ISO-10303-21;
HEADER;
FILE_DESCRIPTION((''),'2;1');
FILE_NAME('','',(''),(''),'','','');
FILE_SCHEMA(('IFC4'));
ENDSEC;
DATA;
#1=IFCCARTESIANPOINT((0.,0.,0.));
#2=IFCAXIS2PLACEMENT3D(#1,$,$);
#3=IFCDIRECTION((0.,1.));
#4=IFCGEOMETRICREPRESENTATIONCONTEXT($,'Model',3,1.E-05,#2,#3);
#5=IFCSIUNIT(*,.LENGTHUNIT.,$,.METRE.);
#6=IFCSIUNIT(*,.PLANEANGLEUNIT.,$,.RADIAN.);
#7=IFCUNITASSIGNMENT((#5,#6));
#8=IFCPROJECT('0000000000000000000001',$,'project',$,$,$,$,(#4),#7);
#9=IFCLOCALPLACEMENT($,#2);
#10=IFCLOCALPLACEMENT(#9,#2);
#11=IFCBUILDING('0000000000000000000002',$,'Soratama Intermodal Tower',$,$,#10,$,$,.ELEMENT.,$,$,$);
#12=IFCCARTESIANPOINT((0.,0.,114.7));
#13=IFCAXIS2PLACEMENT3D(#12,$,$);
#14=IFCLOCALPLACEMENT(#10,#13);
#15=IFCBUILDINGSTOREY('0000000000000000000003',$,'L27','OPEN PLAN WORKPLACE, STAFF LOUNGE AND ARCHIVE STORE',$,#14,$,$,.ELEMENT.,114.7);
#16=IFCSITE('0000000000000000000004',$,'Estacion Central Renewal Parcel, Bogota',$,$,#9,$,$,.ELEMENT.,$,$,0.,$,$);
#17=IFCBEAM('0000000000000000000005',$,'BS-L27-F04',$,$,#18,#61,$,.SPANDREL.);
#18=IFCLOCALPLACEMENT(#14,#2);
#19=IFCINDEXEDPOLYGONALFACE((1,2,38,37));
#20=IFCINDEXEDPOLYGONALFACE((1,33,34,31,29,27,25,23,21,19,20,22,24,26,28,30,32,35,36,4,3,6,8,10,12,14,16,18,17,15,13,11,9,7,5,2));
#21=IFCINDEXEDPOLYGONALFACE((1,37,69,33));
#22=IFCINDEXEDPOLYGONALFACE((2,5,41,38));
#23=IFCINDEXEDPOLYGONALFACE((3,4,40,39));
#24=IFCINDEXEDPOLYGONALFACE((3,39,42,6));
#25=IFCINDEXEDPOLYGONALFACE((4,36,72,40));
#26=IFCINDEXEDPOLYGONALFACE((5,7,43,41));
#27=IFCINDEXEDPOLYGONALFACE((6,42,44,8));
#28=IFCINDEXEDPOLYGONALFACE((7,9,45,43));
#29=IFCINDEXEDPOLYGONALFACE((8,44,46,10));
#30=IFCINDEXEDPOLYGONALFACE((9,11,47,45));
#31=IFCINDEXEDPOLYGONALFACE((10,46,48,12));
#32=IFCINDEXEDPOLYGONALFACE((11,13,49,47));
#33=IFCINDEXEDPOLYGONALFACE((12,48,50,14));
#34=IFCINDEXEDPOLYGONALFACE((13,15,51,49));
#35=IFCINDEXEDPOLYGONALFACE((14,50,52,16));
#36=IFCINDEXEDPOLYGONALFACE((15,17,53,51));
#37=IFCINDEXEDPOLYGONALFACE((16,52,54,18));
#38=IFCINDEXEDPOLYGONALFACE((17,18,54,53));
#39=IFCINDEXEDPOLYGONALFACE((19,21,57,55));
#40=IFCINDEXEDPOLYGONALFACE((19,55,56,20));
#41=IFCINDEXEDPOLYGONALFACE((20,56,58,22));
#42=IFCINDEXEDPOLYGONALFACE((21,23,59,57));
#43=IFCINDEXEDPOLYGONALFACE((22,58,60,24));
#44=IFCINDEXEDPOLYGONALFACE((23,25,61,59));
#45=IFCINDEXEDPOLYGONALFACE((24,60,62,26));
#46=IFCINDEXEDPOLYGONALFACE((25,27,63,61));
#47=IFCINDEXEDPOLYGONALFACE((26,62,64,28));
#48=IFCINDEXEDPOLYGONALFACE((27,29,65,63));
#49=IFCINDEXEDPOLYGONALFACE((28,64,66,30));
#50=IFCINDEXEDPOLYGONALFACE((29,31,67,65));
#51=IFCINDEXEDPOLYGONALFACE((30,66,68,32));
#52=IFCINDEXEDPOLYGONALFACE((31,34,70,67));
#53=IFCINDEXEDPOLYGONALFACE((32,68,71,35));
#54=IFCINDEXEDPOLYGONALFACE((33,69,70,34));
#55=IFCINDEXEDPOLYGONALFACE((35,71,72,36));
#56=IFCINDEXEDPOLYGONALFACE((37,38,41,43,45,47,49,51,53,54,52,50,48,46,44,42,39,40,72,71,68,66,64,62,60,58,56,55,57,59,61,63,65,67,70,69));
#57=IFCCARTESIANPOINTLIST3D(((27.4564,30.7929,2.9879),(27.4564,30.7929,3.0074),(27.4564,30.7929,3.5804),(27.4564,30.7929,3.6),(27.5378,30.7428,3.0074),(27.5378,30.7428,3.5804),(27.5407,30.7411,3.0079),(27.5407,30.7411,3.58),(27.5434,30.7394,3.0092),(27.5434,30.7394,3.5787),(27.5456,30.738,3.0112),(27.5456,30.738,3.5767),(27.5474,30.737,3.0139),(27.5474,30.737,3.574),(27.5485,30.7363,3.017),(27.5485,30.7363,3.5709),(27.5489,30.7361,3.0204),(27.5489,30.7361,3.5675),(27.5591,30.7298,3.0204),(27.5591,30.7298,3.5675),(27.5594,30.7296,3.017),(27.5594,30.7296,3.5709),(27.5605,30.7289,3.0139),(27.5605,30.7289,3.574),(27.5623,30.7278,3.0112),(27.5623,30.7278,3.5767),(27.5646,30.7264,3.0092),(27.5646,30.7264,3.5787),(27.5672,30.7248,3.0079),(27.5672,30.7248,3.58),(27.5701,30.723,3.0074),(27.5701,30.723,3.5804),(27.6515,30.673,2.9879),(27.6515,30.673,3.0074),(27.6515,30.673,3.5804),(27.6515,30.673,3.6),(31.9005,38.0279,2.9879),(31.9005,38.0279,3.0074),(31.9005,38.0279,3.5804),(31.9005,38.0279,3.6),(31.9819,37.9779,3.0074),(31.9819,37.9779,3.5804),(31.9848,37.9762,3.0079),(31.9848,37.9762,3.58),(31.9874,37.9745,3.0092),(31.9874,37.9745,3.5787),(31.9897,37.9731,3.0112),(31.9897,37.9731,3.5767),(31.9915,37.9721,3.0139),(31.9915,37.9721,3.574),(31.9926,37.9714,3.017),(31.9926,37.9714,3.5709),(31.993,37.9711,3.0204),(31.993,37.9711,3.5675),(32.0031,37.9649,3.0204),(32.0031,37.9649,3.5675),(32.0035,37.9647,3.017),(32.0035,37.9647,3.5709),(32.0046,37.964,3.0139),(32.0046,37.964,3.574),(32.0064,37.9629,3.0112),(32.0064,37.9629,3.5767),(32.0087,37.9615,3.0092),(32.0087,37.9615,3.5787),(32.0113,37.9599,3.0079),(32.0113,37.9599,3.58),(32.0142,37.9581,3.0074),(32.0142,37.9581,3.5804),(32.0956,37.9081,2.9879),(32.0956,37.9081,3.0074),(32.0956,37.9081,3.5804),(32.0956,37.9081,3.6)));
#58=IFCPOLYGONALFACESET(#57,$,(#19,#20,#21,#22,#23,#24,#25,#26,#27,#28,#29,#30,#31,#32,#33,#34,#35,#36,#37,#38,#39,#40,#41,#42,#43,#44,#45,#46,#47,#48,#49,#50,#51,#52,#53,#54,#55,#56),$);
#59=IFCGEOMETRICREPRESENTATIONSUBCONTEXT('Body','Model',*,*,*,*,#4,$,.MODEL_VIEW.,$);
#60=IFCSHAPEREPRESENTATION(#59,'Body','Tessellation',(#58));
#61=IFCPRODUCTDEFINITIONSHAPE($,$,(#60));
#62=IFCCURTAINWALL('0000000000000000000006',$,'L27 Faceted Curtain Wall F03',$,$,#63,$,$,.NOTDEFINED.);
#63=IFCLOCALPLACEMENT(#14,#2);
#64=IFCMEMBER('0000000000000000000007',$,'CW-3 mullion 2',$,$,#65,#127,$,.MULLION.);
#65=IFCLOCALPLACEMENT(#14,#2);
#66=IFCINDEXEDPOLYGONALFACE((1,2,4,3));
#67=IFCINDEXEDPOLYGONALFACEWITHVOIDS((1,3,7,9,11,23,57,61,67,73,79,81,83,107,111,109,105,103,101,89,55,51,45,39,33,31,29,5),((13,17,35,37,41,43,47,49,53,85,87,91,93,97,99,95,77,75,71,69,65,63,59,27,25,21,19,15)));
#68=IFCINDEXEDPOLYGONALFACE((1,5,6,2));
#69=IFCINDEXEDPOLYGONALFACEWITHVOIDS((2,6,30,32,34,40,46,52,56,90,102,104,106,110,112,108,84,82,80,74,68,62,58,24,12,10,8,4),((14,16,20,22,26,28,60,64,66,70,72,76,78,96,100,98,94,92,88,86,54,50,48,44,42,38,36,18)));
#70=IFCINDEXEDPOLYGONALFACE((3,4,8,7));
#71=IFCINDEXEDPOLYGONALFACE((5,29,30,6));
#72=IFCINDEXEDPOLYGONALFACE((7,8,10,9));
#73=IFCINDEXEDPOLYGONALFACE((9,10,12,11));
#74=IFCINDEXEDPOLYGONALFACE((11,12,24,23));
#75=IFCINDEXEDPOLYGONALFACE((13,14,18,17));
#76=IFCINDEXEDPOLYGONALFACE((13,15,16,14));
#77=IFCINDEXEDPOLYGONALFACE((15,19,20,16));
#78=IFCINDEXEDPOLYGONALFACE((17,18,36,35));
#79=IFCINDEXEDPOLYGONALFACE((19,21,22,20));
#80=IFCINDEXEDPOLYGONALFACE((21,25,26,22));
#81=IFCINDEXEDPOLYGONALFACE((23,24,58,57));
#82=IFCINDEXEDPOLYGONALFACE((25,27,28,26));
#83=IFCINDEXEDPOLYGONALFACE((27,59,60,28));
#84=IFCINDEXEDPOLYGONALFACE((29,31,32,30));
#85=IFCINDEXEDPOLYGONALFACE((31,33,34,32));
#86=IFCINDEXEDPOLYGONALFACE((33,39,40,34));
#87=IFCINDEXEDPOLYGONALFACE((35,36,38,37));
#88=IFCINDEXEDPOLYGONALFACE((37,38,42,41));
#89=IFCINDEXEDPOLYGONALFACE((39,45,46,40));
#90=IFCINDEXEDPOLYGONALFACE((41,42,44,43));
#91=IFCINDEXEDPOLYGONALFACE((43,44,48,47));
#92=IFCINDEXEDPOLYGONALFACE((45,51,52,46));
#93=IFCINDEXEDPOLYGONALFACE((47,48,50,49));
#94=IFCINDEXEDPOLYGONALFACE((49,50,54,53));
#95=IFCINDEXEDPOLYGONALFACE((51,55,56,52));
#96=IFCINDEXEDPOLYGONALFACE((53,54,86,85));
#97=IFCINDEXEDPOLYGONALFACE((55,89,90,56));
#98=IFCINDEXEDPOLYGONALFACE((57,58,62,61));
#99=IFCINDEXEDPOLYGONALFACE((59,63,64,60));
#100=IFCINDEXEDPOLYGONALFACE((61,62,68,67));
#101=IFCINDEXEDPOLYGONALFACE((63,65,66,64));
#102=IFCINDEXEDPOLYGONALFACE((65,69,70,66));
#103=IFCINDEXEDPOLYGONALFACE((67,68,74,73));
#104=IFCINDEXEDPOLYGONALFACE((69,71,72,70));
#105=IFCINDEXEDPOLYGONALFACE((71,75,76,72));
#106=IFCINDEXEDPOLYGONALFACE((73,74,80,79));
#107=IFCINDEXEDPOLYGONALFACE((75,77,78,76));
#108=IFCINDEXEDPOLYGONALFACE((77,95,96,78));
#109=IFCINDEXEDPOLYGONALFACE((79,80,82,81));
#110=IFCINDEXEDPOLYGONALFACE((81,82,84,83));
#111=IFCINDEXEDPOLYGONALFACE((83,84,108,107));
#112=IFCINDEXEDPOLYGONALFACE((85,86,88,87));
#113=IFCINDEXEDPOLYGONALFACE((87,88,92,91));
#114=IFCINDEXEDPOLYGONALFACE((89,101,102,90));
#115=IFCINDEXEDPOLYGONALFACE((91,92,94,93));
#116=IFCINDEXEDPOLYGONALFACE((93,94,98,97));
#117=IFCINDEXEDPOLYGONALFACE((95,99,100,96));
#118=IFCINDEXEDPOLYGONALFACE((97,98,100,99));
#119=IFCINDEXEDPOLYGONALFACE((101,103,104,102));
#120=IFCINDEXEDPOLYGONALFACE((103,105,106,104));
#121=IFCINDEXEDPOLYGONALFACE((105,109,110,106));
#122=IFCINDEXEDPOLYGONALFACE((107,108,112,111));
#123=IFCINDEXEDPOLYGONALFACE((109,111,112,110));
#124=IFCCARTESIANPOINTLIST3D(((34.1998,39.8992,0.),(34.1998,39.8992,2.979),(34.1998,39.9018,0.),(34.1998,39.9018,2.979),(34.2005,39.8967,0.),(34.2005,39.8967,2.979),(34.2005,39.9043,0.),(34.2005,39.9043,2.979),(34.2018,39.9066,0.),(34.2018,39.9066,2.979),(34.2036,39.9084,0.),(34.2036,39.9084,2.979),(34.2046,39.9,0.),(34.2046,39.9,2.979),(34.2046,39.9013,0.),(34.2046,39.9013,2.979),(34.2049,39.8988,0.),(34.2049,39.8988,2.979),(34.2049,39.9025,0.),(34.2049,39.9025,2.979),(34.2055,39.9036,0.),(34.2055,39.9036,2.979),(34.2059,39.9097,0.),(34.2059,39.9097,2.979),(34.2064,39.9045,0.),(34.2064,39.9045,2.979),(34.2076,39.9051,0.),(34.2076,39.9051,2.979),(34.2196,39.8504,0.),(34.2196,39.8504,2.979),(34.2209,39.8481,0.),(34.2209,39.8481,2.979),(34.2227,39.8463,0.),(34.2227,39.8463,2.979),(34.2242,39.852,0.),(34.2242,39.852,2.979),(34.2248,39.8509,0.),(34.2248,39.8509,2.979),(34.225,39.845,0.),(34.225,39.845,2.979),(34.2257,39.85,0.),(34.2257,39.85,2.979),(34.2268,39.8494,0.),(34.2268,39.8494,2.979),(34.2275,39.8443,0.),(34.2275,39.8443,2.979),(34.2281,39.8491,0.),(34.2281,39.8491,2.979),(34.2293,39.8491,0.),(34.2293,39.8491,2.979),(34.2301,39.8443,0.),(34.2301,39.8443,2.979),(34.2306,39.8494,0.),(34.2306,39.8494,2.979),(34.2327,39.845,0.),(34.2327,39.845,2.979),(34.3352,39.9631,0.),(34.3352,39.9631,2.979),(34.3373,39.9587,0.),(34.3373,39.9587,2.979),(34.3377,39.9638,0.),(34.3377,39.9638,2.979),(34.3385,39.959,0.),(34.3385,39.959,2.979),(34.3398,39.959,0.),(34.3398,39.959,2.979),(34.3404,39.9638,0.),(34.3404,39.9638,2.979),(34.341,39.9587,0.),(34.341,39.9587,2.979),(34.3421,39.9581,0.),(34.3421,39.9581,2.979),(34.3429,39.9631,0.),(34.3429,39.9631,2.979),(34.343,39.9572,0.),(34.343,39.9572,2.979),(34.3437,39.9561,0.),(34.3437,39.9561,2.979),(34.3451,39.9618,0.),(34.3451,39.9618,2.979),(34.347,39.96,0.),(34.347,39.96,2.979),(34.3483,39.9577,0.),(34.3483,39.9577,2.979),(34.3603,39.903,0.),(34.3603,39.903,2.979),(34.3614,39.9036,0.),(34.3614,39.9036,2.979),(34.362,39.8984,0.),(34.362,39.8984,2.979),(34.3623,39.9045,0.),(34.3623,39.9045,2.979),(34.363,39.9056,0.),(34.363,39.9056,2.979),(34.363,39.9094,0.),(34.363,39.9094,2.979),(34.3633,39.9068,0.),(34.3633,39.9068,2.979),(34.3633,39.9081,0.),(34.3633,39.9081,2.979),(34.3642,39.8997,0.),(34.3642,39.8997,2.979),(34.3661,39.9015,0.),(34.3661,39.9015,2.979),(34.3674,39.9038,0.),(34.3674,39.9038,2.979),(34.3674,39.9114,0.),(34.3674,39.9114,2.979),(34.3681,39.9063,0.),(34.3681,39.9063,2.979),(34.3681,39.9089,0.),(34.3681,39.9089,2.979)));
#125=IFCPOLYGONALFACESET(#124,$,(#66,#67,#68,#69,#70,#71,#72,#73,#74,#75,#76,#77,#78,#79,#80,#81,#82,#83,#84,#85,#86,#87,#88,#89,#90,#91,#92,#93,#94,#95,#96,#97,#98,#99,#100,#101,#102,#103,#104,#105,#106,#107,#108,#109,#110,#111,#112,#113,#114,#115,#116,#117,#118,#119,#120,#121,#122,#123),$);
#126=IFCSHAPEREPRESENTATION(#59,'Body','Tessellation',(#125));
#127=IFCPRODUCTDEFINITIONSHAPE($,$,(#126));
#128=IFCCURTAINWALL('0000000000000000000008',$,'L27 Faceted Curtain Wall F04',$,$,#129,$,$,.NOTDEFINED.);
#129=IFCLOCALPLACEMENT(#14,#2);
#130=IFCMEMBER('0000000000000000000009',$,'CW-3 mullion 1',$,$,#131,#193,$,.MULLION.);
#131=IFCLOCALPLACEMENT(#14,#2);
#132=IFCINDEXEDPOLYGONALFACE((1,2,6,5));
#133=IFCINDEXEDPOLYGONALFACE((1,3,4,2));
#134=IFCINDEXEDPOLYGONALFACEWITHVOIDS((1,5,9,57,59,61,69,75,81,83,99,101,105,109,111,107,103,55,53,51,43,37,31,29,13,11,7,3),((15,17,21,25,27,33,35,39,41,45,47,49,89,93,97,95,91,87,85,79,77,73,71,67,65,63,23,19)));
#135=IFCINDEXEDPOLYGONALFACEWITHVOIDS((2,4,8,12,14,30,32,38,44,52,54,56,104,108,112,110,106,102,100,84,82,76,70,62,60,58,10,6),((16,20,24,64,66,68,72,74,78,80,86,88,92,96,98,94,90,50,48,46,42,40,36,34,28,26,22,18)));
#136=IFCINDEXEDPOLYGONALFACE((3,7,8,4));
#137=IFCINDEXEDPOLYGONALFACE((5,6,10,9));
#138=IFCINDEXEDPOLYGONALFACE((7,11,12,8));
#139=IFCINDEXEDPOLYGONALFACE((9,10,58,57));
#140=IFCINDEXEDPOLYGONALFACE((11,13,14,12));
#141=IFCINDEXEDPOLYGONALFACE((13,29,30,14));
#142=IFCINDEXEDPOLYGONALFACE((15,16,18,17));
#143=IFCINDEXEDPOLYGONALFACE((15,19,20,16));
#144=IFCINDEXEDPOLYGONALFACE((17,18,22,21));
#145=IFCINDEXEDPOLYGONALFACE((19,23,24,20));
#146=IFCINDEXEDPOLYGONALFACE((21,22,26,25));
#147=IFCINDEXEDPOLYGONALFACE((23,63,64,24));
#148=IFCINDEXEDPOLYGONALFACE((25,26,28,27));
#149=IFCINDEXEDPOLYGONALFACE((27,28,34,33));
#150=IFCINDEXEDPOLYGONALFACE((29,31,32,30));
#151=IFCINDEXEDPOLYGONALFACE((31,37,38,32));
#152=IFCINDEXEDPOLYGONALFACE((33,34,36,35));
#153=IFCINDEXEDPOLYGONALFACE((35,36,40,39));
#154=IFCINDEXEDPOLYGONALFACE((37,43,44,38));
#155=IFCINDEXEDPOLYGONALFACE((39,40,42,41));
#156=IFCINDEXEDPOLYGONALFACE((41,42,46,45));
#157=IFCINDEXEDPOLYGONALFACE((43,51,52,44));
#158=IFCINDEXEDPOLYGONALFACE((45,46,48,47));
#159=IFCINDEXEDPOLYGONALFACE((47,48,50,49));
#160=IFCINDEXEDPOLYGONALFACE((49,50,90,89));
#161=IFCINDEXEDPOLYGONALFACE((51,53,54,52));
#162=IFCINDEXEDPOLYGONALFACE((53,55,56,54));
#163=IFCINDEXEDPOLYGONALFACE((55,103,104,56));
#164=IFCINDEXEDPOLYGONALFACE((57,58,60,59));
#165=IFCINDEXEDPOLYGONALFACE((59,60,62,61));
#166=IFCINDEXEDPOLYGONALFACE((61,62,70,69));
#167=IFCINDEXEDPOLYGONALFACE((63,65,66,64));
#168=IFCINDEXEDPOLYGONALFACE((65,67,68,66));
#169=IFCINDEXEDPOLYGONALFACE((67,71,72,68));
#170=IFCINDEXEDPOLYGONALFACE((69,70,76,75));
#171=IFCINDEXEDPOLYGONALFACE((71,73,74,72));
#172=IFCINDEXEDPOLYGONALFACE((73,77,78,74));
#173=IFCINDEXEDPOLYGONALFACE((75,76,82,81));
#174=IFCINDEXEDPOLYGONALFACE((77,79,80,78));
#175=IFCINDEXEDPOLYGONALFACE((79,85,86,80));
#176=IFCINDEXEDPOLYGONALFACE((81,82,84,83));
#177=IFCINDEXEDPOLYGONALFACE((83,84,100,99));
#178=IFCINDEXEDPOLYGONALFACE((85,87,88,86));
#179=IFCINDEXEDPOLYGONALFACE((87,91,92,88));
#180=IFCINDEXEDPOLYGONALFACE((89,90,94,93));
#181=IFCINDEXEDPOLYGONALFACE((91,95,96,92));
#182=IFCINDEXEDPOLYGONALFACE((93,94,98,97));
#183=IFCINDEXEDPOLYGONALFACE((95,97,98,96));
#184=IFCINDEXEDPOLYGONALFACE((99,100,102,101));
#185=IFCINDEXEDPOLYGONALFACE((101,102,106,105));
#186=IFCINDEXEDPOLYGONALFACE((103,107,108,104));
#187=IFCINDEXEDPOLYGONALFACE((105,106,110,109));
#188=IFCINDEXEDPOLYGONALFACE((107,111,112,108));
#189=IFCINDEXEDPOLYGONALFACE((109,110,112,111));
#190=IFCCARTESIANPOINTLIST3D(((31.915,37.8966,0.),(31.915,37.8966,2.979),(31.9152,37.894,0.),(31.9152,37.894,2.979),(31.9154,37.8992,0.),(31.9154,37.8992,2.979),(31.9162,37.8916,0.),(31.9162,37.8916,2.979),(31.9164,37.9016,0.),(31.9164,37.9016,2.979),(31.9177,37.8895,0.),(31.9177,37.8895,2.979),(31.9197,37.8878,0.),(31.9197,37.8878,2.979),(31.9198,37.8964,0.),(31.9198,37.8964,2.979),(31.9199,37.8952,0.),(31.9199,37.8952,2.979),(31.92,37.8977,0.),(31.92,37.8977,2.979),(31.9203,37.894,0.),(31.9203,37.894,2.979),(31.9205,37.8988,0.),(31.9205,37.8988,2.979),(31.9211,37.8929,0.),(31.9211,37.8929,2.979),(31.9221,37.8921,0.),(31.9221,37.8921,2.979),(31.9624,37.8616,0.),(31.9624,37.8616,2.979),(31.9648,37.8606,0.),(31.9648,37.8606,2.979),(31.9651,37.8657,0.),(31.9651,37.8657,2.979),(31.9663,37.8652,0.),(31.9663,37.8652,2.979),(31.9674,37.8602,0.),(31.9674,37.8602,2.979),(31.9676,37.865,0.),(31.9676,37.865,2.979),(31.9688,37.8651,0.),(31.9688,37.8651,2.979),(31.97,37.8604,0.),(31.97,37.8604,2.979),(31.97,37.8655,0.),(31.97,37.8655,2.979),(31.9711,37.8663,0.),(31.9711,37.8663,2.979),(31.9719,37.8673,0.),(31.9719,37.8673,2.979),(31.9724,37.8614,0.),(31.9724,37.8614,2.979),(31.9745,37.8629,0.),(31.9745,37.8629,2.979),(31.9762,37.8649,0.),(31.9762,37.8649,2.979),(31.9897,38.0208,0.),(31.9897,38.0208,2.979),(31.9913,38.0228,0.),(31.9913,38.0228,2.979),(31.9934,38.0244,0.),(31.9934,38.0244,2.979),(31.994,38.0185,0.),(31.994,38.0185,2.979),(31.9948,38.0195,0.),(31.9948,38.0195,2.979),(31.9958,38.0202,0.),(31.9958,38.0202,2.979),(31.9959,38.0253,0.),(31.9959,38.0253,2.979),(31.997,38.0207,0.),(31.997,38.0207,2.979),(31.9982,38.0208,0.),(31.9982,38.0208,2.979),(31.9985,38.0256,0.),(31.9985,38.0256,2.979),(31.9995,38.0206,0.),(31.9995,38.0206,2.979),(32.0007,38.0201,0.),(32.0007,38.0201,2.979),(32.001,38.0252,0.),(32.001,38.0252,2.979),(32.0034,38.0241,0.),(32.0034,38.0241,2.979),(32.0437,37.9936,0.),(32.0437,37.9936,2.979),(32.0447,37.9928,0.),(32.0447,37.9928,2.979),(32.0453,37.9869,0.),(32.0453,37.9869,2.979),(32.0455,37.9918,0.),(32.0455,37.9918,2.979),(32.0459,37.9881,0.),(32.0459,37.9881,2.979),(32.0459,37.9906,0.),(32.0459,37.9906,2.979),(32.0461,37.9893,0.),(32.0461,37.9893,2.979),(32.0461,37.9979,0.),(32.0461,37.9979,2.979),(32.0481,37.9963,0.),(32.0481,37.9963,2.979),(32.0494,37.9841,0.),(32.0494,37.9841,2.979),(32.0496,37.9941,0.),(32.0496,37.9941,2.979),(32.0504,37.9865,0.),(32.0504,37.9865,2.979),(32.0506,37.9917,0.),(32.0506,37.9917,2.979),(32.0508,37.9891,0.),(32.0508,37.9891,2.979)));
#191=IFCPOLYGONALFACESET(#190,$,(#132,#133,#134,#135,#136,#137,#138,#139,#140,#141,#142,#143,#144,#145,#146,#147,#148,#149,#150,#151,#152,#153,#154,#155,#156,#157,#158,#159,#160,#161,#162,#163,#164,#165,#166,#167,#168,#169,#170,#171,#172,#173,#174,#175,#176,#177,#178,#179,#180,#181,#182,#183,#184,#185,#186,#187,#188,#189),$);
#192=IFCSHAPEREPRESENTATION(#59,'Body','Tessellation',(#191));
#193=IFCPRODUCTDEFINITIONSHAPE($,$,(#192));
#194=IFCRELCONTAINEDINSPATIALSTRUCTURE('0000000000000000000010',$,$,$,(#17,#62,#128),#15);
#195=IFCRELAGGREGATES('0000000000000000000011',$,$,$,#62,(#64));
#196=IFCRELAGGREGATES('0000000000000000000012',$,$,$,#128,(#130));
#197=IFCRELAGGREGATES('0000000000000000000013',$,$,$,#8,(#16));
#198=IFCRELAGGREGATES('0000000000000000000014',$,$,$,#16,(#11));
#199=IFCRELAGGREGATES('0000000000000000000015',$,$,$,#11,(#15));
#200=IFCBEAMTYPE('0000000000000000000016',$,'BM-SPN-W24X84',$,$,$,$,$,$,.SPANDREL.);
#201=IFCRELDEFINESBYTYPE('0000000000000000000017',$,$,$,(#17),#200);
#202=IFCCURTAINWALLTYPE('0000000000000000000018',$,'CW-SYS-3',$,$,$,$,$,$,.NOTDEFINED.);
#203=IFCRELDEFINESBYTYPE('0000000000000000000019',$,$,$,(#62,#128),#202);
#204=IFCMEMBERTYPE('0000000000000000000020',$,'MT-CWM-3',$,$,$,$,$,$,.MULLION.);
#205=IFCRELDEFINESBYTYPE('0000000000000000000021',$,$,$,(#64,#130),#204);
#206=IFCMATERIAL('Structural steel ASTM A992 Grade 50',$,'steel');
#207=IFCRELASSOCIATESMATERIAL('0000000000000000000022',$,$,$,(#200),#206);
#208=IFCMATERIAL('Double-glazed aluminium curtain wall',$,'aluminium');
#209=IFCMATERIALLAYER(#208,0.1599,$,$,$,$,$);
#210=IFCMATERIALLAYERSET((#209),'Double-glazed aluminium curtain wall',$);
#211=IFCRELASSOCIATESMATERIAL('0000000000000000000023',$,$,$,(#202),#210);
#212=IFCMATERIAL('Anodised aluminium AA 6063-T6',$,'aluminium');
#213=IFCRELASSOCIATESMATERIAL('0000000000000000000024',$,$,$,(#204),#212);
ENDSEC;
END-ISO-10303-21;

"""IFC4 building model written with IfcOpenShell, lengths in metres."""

from ifc_helpers import new_model, si_unit, direction, frame, origin, origin_2d, place, context, subcontext, project, spatial, hollow_rectangle, i_section, extrude, material, layer, layer_set, material_profile, profile_set, type_object, element, aggregate, save


model = new_model("IFC4")

# Units and contexts
model_context = context("Model", 3, precision=1e-05, world=origin(), true_north=direction((0.0, 1.0)))
body_context = subcontext(model_context, "Body", "Model", "MODEL_VIEW")
ifc_project = project(units=[si_unit("LENGTHUNIT", "METRE"), si_unit("PLANEANGLEUNIT", "RADIAN")], contexts=[model_context])

# Site, building, storey
site_placement = place(None, origin())
site = spatial("IfcSite", under=ifc_project, at=site_placement, Name="Estacion Central Renewal Parcel, Bogota", CompositionType="ELEMENT", RefElevation=0.0)
building_placement = place(site_placement, origin())
building = spatial("IfcBuilding", under=site, at=building_placement, Name="Soratama Intermodal Tower", CompositionType="ELEMENT")
storey_placement = place(building_placement, frame((0.0, 0.0, 114.7)))
storey = spatial("IfcBuildingStorey", under=building, at=storey_placement, Name="L27", Description="OPEN PLAN WORKPLACE, STAFF LOUNGE AND ARCHIVE STORE", CompositionType="ELEMENT", Elevation=114.7)

# Beam
ifc_material_1 = material(Name="Structural steel ASTM A992 Grade 50", Category="steel")
ifc_material_profile_1 = material_profile(ifc_material_1, i_section(OverallWidth=0.229, OverallDepth=0.6121, WebThickness=0.012, FlangeThickness=0.0195, FilletRadius=0.0129, at=origin_2d()), Name="W24X84")
ifc_profile_set_1 = profile_set([ifc_material_profile_1], Name="Structural steel ASTM A992 Grade 50")
beam_type_1 = type_object("IfcBeamType", Name="BM-SPN-W24X84", PredefinedType="SPANDREL", material=ifc_profile_set_1)
beam_1_placement = place(storey_placement, frame((31.998, 37.968, 3.2939), z_axis=(-0.52339, -0.852093, 0.0), x_axis=(0.852093, -0.52339, 0.0)))
element("IfcBeam", 1, at=beam_1_placement, inside=storey, type_object=beam_type_1, Name="BS-L27-F04", PredefinedType="SPANDREL", context=body_context, shape_type="SweptSolid", body=[
    extrude(i_section(OverallWidth=0.229, OverallDepth=0.6121, WebThickness=0.012, FlangeThickness=0.0195, FilletRadius=0.0129, at=origin_2d()), origin(), (0.0, 0.0, 1.0), 8.491),
])

# Curtain wall, member
ifc_material_2 = material(Name="Double-glazed aluminium curtain wall", Category="aluminium")
ifc_layer_1 = layer(ifc_material_2, 0.1599)
ifc_layer_set_1 = layer_set([ifc_layer_1], Name="Double-glazed aluminium curtain wall")
curtain_wall_type = type_object("IfcCurtainWallType", Name="CW-SYS-3", PredefinedType="NOTDEFINED", material=ifc_layer_set_1)
curtain_wall_1_placement = place(storey_placement, origin())
curtain_wall_1 = element("IfcCurtainWall", 2, at=curtain_wall_1_placement, inside=storey, type_object=curtain_wall_type, Name="L27 Faceted Curtain Wall F03", PredefinedType="NOTDEFINED")
ifc_material_3 = material(Name="Anodised aluminium AA 6063-T6", Category="aluminium")
ifc_material_profile_2 = material_profile(ifc_material_3, hollow_rectangle(XDim=0.0701, YDim=0.1599, WallThickness=0.0049, InnerFilletRadius=0.0049, OuterFilletRadius=0.01, at=origin_2d()), Name="CWM160X70X5")
ifc_profile_set_2 = profile_set([ifc_material_profile_2], Name="Anodised aluminium AA 6063-T6")
member_type_1 = type_object("IfcMemberType", Name="MT-CWM-3", PredefinedType="MULLION", material=ifc_profile_set_2)
member_1_placement = place(storey_placement, frame((34.2839, 39.9041, 0.0), z_axis=(0.0, 0.0, 1.0), x_axis=(0.381718, -0.924279, 0.0)))
member_1 = element("IfcMember", 3, at=member_1_placement, type_object=member_type_1, Name="CW-3 mullion 2", PredefinedType="MULLION", context=body_context, shape_type="SweptSolid", body=[
    extrude(hollow_rectangle(XDim=0.0701, YDim=0.1599, WallThickness=0.0049, InnerFilletRadius=0.0049, OuterFilletRadius=0.01, at=origin_2d()), origin(), (0.0, 0.0, 1.0), 2.979),
])
aggregate(curtain_wall_1, [member_1])

# Curtain wall, member
curtain_wall_2_placement = place(storey_placement, origin())
curtain_wall_2 = element("IfcCurtainWall", 4, at=curtain_wall_2_placement, inside=storey, type_object=curtain_wall_type, Name="L27 Faceted Curtain Wall F04", PredefinedType="NOTDEFINED")
member_2_placement = place(storey_placement, frame((31.9829, 37.9429, 0.0), z_axis=(0.0, 0.0, 1.0), x_axis=(0.852089, -0.523396, 0.0)))
member_2 = element("IfcMember", 5, at=member_2_placement, type_object=member_type_1, Name="CW-3 mullion 1", PredefinedType="MULLION", context=body_context, shape_type="SweptSolid", body=[
    extrude(hollow_rectangle(XDim=0.0701, YDim=0.1599, WallThickness=0.0049, InnerFilletRadius=0.0049, OuterFilletRadius=0.01, at=origin_2d()), origin(), (0.0, 0.0, 1.0), 2.979),
])
aggregate(curtain_wall_2, [member_2])

save(model, "model.ifc")
